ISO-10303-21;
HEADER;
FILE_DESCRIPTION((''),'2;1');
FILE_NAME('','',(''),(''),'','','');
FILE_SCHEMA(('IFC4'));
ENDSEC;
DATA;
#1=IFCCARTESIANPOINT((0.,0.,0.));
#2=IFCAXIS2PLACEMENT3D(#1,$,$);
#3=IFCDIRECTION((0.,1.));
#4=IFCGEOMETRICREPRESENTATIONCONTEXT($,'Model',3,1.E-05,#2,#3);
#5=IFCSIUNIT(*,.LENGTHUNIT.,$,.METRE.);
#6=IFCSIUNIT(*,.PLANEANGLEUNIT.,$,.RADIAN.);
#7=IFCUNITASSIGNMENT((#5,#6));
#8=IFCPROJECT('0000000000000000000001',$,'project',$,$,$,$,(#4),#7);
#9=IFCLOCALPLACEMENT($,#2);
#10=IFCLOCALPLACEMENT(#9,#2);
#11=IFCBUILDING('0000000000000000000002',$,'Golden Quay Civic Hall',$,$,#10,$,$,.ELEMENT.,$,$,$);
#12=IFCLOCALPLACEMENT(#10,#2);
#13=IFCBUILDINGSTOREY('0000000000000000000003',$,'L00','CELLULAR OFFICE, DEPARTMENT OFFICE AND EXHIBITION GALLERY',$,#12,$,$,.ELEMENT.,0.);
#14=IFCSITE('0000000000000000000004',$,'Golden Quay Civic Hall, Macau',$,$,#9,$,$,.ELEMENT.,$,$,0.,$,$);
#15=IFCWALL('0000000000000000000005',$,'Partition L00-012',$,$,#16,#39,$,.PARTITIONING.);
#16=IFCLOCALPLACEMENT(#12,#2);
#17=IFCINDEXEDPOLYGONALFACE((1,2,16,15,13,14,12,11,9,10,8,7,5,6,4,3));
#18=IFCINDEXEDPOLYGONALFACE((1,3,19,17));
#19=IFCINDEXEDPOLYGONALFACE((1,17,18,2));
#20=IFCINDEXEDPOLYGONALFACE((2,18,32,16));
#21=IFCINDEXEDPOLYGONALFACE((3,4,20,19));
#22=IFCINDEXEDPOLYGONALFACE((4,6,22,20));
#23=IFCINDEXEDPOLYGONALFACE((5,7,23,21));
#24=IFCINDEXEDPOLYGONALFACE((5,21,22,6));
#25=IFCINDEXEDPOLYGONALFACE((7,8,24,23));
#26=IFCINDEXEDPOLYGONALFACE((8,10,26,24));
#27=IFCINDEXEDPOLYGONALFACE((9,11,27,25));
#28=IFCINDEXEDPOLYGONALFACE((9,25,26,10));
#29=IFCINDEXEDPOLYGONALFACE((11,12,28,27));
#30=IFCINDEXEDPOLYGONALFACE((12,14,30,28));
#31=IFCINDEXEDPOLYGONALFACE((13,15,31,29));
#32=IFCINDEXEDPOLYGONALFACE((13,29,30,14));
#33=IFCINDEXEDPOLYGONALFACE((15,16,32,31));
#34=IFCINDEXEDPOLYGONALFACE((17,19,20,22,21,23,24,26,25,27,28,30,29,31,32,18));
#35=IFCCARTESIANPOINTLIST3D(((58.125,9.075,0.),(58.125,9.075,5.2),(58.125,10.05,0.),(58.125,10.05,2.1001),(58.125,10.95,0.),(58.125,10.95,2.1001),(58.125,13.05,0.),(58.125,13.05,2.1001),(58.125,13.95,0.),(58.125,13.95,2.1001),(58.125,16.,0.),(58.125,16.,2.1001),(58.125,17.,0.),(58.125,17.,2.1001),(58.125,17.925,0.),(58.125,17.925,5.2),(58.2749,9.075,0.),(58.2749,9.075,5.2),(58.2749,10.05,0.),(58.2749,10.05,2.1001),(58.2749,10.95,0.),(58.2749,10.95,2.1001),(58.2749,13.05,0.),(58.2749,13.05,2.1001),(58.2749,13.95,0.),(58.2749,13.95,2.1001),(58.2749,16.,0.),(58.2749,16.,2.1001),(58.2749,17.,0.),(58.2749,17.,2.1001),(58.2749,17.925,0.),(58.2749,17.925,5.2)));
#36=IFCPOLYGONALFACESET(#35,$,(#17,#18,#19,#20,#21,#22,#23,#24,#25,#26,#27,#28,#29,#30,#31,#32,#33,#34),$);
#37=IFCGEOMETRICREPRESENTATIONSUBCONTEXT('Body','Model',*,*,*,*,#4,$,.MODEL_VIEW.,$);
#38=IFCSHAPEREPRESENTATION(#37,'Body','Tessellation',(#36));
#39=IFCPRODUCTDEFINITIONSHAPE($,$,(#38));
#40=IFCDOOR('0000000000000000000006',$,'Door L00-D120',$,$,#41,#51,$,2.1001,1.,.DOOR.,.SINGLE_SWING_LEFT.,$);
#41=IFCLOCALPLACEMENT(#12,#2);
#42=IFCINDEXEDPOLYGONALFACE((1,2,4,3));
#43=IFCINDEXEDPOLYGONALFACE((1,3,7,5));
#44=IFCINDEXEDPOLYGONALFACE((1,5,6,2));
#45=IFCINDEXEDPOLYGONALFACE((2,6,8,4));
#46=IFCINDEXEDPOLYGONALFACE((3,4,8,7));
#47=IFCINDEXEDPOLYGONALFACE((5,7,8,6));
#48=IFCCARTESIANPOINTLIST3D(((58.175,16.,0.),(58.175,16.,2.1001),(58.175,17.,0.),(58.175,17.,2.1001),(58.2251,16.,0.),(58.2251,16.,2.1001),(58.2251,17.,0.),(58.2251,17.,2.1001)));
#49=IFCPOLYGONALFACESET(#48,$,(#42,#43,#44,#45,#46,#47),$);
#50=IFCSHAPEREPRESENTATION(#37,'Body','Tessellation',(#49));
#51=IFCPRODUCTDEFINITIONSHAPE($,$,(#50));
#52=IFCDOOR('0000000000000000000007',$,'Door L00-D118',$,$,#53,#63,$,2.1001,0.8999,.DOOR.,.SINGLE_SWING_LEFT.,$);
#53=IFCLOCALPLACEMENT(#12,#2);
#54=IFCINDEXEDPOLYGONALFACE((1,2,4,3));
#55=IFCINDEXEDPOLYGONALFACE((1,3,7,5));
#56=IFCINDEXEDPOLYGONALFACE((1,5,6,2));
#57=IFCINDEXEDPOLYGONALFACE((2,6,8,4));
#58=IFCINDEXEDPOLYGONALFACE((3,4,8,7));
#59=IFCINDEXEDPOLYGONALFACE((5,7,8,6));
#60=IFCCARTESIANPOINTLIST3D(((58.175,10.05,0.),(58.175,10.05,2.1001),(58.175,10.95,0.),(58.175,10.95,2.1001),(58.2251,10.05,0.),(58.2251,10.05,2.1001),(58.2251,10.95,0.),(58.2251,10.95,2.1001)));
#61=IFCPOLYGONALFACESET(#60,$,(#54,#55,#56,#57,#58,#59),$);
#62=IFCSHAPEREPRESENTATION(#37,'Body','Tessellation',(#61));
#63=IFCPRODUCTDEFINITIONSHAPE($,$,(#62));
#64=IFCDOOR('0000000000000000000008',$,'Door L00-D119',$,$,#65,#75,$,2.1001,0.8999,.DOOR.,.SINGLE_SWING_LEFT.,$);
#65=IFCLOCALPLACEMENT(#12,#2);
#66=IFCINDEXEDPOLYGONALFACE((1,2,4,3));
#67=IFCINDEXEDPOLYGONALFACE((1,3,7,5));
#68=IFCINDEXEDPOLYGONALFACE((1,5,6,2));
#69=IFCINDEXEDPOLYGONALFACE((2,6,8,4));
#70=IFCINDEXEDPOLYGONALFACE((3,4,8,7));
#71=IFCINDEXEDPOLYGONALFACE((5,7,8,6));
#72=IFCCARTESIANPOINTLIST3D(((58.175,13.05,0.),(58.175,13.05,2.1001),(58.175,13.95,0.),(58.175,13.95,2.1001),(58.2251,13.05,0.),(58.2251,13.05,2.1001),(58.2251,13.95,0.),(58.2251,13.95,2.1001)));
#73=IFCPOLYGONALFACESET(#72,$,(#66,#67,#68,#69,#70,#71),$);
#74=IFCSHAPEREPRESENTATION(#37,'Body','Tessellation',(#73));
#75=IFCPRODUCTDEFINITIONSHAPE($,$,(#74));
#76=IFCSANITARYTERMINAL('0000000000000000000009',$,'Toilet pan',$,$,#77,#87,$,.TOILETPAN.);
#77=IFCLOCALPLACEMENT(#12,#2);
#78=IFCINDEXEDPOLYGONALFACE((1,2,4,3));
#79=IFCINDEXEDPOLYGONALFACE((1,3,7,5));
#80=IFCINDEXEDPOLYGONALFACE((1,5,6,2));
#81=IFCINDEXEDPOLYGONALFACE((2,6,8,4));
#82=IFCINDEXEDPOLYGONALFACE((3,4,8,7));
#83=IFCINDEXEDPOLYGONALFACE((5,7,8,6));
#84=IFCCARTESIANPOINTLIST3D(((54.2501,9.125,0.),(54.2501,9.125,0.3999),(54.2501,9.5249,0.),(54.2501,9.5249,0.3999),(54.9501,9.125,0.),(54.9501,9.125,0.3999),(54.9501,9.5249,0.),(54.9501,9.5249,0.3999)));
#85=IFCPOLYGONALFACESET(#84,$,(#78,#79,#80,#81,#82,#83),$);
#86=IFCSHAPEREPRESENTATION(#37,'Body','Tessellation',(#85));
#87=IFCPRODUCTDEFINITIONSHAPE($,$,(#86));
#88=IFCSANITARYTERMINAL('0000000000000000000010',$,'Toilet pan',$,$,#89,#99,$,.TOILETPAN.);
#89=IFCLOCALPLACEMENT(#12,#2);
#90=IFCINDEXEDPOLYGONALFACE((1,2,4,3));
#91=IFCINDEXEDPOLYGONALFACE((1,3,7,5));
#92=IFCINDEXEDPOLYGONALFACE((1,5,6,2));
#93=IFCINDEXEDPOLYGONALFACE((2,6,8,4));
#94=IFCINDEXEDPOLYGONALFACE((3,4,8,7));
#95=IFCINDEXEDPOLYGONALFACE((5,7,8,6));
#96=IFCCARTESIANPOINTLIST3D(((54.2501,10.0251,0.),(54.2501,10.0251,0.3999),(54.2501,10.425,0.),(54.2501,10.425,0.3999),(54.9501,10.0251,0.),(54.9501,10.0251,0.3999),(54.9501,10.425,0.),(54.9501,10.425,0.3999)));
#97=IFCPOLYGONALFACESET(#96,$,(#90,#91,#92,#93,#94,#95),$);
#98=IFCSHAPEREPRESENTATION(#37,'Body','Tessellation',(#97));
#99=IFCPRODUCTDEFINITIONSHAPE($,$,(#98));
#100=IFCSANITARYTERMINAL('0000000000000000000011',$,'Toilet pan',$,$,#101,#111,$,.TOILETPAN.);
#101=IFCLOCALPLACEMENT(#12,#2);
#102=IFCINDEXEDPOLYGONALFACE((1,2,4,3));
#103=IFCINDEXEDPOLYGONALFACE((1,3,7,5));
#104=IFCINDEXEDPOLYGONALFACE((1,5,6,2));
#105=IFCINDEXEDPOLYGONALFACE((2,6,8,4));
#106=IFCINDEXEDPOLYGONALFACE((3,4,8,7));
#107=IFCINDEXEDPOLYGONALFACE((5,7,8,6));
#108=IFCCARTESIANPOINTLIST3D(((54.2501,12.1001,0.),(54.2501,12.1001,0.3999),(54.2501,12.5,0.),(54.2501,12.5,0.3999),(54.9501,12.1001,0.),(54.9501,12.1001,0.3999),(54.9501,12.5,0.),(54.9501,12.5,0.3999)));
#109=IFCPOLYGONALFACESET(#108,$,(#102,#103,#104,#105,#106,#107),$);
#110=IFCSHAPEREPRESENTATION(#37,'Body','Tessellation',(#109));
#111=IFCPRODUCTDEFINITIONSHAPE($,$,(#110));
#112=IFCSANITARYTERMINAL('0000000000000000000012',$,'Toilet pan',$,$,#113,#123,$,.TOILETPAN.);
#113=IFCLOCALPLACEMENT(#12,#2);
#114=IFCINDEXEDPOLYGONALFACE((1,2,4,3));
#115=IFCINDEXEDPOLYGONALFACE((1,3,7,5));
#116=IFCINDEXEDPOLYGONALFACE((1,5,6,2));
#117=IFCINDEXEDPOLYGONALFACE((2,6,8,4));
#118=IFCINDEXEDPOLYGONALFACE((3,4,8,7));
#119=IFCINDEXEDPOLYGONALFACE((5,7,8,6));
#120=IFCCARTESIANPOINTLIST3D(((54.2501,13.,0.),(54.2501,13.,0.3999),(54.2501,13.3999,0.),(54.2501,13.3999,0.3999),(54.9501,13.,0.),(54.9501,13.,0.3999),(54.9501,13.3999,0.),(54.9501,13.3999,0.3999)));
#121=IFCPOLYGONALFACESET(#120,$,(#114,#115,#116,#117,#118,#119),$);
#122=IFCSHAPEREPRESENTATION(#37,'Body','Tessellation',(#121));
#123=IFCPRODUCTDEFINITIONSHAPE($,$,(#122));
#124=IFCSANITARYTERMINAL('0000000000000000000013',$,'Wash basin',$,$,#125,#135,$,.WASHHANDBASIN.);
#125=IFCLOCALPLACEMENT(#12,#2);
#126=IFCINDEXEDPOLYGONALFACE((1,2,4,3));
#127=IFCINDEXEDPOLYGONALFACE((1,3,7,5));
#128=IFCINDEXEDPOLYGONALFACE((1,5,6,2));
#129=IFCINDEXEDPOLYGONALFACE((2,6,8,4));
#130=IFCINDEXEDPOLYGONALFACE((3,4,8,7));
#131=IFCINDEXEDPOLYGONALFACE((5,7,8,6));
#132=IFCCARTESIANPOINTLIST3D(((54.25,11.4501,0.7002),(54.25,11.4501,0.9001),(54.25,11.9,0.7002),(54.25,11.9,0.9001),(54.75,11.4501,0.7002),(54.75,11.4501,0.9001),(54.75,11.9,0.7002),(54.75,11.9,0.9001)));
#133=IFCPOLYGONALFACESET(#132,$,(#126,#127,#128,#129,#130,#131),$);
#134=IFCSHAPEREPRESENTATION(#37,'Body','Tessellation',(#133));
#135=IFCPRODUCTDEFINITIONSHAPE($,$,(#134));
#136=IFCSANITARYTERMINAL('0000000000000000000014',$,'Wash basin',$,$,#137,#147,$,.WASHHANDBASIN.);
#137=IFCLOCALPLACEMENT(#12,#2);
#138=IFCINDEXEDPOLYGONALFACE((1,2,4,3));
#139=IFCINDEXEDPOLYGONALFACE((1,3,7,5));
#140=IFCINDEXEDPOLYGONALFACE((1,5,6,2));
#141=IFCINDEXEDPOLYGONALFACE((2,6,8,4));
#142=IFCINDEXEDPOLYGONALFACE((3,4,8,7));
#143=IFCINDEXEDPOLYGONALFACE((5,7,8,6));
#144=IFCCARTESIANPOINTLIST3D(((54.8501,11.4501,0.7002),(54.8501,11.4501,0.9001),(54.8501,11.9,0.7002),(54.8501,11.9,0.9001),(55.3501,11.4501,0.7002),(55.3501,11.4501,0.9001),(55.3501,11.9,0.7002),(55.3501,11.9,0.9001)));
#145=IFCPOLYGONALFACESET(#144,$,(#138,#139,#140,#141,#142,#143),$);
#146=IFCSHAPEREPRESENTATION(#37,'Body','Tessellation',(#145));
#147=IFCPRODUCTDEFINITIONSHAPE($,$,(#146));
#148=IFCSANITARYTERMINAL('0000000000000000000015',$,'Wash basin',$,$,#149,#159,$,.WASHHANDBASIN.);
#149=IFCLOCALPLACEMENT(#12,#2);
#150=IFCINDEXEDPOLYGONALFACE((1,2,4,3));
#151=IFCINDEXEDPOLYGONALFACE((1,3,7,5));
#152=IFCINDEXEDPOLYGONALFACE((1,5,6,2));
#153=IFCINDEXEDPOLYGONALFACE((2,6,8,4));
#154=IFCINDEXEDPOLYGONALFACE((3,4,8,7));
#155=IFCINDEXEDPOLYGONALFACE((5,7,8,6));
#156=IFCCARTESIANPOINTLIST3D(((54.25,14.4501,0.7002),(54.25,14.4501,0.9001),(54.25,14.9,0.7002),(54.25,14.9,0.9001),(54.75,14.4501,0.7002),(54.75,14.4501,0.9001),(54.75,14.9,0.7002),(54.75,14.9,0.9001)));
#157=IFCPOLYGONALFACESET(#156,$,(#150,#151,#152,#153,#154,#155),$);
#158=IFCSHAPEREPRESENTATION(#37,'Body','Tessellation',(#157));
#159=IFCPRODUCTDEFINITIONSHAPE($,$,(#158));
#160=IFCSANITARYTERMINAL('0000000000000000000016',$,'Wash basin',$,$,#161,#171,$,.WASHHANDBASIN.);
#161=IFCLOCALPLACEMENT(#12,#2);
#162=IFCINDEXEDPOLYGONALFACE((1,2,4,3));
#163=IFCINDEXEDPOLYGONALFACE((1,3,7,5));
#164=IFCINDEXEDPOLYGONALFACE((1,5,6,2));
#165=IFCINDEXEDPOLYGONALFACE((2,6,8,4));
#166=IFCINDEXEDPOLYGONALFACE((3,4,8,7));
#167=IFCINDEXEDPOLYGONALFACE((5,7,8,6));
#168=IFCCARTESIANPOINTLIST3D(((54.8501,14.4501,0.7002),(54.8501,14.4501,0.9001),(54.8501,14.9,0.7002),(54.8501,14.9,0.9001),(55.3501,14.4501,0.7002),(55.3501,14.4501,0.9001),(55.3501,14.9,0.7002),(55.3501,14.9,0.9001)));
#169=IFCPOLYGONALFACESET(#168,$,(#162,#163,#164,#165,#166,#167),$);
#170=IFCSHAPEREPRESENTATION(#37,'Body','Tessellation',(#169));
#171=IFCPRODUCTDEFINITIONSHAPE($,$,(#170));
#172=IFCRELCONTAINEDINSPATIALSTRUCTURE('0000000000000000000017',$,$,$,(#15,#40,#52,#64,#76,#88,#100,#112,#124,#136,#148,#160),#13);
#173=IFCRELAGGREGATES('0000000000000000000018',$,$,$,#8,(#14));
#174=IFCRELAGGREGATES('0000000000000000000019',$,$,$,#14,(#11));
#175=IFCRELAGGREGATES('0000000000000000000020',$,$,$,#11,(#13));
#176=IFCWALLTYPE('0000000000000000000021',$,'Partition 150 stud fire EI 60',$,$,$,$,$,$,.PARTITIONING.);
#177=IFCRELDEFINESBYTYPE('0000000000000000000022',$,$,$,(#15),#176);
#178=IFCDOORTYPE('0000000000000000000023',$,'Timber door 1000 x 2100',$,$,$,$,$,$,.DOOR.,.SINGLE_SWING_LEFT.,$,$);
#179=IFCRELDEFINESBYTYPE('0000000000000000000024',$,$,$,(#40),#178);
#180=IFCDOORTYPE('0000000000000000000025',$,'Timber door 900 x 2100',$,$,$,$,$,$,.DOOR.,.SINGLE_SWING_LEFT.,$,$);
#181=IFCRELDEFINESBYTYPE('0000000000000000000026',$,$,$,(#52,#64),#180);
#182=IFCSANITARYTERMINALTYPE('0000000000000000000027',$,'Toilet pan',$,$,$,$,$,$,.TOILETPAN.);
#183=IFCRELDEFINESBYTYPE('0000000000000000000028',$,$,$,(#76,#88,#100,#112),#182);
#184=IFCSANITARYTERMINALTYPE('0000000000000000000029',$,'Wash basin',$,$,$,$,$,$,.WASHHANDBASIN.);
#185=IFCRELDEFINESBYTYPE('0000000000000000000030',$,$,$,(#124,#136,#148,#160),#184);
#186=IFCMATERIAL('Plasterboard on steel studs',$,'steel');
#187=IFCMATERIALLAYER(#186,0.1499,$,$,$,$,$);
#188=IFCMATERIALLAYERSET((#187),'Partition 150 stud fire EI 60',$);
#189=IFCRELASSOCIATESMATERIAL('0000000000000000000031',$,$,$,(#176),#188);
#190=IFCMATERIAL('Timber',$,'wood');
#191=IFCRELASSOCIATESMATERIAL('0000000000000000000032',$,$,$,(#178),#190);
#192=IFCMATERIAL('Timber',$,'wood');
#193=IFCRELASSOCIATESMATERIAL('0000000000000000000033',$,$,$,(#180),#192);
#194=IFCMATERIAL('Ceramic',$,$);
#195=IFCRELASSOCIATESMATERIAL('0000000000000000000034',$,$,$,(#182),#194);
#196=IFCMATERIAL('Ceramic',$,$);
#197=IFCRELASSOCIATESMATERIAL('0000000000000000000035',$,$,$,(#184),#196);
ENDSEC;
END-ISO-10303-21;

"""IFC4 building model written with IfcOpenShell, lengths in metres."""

from ifc_helpers import new_model, si_unit, direction, frame, frame_2d, origin, origin_2d, place, context, subcontext, project, spatial, rectangle, extrude, material, layer, layer_set, type_object, element, fill, save


model = new_model("IFC4")

# Units and contexts
model_context = context("Model", 3, precision=1e-05, world=origin(), true_north=direction((0.0, 1.0)))
body_context = subcontext(model_context, "Body", "Model", "MODEL_VIEW")
ifc_project = project(units=[si_unit("LENGTHUNIT", "METRE"), si_unit("PLANEANGLEUNIT", "RADIAN")], contexts=[model_context])

# Site, building, storey
site_placement = place(None, origin())
site = spatial("IfcSite", under=ifc_project, at=site_placement, Name="Golden Quay Civic Hall, Macau", CompositionType="ELEMENT", RefElevation=0.0)
building_placement = place(site_placement, origin())
building = spatial("IfcBuilding", under=site, at=building_placement, Name="Golden Quay Civic Hall", CompositionType="ELEMENT")
storey_placement = place(building_placement, origin())
storey = spatial("IfcBuildingStorey", under=building, at=storey_placement, Name="L00", Description="CELLULAR OFFICE, DEPARTMENT OFFICE AND EXHIBITION GALLERY", CompositionType="ELEMENT", Elevation=0.0)

# Shared definitions
ifc_material_1 = material(Name="Plasterboard on steel studs", Category="steel")
ifc_layer_1 = layer(ifc_material_1, 0.1499)
ifc_layer_set_1 = layer_set([ifc_layer_1], Name="Partition 150 stud fire EI 60")
wall_type_1 = type_object("IfcWallType", Name="Partition 150 stud fire EI 60", PredefinedType="PARTITIONING", material=ifc_layer_set_1)

# Wall, openings, doors
wall_1_placement = place(storey_placement, frame((58.2, 9.075, 0.0), z_axis=(0.0, 0.0, 1.0), x_axis=(0.0, 1.0, 0.0)))
wall_1 = element("IfcWall", 1, at=wall_1_placement, inside=storey, type_object=wall_type_1, Name="Partition L00-012", PredefinedType="PARTITIONING", context=body_context, shape_type="SweptSolid", body=[
    extrude(rectangle(XDim=8.8501, YDim=0.1499, at=frame_2d((4.425, 0.0))), origin(), (0.0, 0.0, 1.0), 5.2),
])
opening_1_placement = place(wall_1_placement, frame((0.9751, 0.0, 0.0)))
opening_1 = element("IfcOpeningElement", 2, at=opening_1_placement, cuts=wall_1, PredefinedType="OPENING", context=body_context, shape_type="SweptSolid", body=[
    extrude(rectangle(XDim=0.8999, YDim=2.1001, at=frame_2d((0.45, 1.05))), frame((0.0, 0.085, 0.0), z_axis=(0.0, -1.0, 0.0), x_axis=(1.0, 0.0, 0.0)), (0.0, 0.0, 1.0), 0.1699),
])
opening_2_placement = place(wall_1_placement, frame((3.9751, 0.0, 0.0)))
opening_2 = element("IfcOpeningElement", 3, at=opening_2_placement, cuts=wall_1, PredefinedType="OPENING", context=body_context, shape_type="SweptSolid", body=[
    extrude(rectangle(XDim=0.8999, YDim=2.1001, at=frame_2d((0.45, 1.05))), frame((0.0, 0.085, 0.0), z_axis=(0.0, -1.0, 0.0), x_axis=(1.0, 0.0, 0.0)), (0.0, 0.0, 1.0), 0.1699),
])
opening_3_placement = place(wall_1_placement, frame((6.925, 0.0, 0.0)))
opening_3 = element("IfcOpeningElement", 4, at=opening_3_placement, cuts=wall_1, PredefinedType="OPENING", context=body_context, shape_type="SweptSolid", body=[
    extrude(rectangle(XDim=1.0, YDim=2.1001, at=frame_2d((0.5, 1.05))), frame((0.0, 0.085, 0.0), z_axis=(0.0, -1.0, 0.0), x_axis=(1.0, 0.0, 0.0)), (0.0, 0.0, 1.0), 0.1699),
])
ifc_material_2 = material(Name="Timber", Category="wood")
door_type_1 = type_object("IfcDoorType", Name="Timber door 1000 x 2100", OperationType="SINGLE_SWING_LEFT", PredefinedType="DOOR", material=ifc_material_2)
door_1_placement = place(opening_3_placement, origin())
door_1 = element("IfcDoor", 5, at=door_1_placement, inside=storey, type_object=door_type_1, Name="Door L00-D120", OperationType="SINGLE_SWING_LEFT", OverallHeight=2.1001, OverallWidth=1.0, PredefinedType="DOOR", context=body_context, shape_type="SweptSolid", body=[
    extrude(rectangle(XDim=1.0, YDim=2.1001, at=frame_2d((0.5, 1.05))), frame((0.0, 0.0249, 0.0), z_axis=(0.0, -1.0, 0.0), x_axis=(1.0, 0.0, 0.0)), (0.0, 0.0, 1.0), 0.05),
])
fill(opening_3, door_1)
ifc_material_3 = material(Name="Timber", Category="wood")
door_type_2 = type_object("IfcDoorType", Name="Timber door 900 x 2100", OperationType="SINGLE_SWING_LEFT", PredefinedType="DOOR", material=ifc_material_3)
door_2_placement = place(opening_1_placement, origin())
door_2 = element("IfcDoor", 6, at=door_2_placement, inside=storey, type_object=door_type_2, Name="Door L00-D118", OperationType="SINGLE_SWING_LEFT", OverallHeight=2.1001, OverallWidth=0.8999, PredefinedType="DOOR", context=body_context, shape_type="SweptSolid", body=[
    extrude(rectangle(XDim=0.8999, YDim=2.1001, at=frame_2d((0.45, 1.05))), frame((0.0, 0.0249, 0.0), z_axis=(0.0, -1.0, 0.0), x_axis=(1.0, 0.0, 0.0)), (0.0, 0.0, 1.0), 0.05),
])
fill(opening_1, door_2)
door_3_placement = place(opening_2_placement, origin())
door_3 = element("IfcDoor", 7, at=door_3_placement, inside=storey, type_object=door_type_2, Name="Door L00-D119", OperationType="SINGLE_SWING_LEFT", OverallHeight=2.1001, OverallWidth=0.8999, PredefinedType="DOOR", context=body_context, shape_type="SweptSolid", body=[
    extrude(rectangle(XDim=0.8999, YDim=2.1001, at=frame_2d((0.45, 1.05))), frame((0.0, 0.0249, 0.0), z_axis=(0.0, -1.0, 0.0), x_axis=(1.0, 0.0, 0.0)), (0.0, 0.0, 1.0), 0.05),
])
fill(opening_2, door_3)

# Sanitary terminals
ifc_material_4 = material(Name="Ceramic")
sanitary_terminal_type_1 = type_object("IfcSanitaryTerminalType", Name="Toilet pan", PredefinedType="TOILETPAN", material=ifc_material_4)
for number, where, z_axis, x_axis, name in (
    (8, (54.6001, 9.325, 0.0), (0.0, 0.0, 1.0), (0.0, 1.0, 0.0), "Toilet pan"),
    (9, (54.6001, 10.2251, 0.0), (0.0, 0.0, 1.0), (0.0, 1.0, 0.0), "Toilet pan"),
    (10, (54.6001, 12.3, 0.0), (0.0, 0.0, 1.0), (0.0, 1.0, 0.0), "Toilet pan"),
    (11, (54.6001, 13.2, 0.0), (0.0, 0.0, 1.0), (0.0, 1.0, 0.0), "Toilet pan"),
):
    element("IfcSanitaryTerminal", number, at=place(storey_placement, frame(where, z_axis=z_axis, x_axis=x_axis)), inside=storey, type_object=sanitary_terminal_type_1, Name=name, PredefinedType="TOILETPAN", context=body_context, shape_type="SweptSolid", body=[
        extrude(rectangle(XDim=0.3999, YDim=0.7, at=origin_2d()), origin(), (0.0, 0.0, 1.0), 0.3999),
    ])
ifc_material_5 = material(Name="Ceramic")
sanitary_terminal_type_2 = type_object("IfcSanitaryTerminalType", Name="Wash basin", PredefinedType="WASHHANDBASIN", material=ifc_material_5)
for number, where, z_axis, x_axis, name in (
    (12, (54.5, 11.675, 0.7002), (0.0, 0.0, 1.0), (1.0, 0.0, 0.0), "Wash basin"),
    (13, (55.1001, 11.675, 0.7002), (0.0, 0.0, 1.0), (1.0, 0.0, 0.0), "Wash basin"),
    (14, (54.5, 14.675, 0.7002), (0.0, 0.0, 1.0), (1.0, 0.0, 0.0), "Wash basin"),
    (15, (55.1001, 14.675, 0.7002), (0.0, 0.0, 1.0), (1.0, 0.0, 0.0), "Wash basin"),
):
    element("IfcSanitaryTerminal", number, at=place(storey_placement, frame(where, z_axis=z_axis, x_axis=x_axis)), inside=storey, type_object=sanitary_terminal_type_2, Name=name, PredefinedType="WASHHANDBASIN", context=body_context, shape_type="SweptSolid", body=[
        extrude(rectangle(XDim=0.5, YDim=0.45, at=origin_2d()), origin(), (0.0, 0.0, 1.0), 0.2),
    ])

save(model, "model.ifc")
